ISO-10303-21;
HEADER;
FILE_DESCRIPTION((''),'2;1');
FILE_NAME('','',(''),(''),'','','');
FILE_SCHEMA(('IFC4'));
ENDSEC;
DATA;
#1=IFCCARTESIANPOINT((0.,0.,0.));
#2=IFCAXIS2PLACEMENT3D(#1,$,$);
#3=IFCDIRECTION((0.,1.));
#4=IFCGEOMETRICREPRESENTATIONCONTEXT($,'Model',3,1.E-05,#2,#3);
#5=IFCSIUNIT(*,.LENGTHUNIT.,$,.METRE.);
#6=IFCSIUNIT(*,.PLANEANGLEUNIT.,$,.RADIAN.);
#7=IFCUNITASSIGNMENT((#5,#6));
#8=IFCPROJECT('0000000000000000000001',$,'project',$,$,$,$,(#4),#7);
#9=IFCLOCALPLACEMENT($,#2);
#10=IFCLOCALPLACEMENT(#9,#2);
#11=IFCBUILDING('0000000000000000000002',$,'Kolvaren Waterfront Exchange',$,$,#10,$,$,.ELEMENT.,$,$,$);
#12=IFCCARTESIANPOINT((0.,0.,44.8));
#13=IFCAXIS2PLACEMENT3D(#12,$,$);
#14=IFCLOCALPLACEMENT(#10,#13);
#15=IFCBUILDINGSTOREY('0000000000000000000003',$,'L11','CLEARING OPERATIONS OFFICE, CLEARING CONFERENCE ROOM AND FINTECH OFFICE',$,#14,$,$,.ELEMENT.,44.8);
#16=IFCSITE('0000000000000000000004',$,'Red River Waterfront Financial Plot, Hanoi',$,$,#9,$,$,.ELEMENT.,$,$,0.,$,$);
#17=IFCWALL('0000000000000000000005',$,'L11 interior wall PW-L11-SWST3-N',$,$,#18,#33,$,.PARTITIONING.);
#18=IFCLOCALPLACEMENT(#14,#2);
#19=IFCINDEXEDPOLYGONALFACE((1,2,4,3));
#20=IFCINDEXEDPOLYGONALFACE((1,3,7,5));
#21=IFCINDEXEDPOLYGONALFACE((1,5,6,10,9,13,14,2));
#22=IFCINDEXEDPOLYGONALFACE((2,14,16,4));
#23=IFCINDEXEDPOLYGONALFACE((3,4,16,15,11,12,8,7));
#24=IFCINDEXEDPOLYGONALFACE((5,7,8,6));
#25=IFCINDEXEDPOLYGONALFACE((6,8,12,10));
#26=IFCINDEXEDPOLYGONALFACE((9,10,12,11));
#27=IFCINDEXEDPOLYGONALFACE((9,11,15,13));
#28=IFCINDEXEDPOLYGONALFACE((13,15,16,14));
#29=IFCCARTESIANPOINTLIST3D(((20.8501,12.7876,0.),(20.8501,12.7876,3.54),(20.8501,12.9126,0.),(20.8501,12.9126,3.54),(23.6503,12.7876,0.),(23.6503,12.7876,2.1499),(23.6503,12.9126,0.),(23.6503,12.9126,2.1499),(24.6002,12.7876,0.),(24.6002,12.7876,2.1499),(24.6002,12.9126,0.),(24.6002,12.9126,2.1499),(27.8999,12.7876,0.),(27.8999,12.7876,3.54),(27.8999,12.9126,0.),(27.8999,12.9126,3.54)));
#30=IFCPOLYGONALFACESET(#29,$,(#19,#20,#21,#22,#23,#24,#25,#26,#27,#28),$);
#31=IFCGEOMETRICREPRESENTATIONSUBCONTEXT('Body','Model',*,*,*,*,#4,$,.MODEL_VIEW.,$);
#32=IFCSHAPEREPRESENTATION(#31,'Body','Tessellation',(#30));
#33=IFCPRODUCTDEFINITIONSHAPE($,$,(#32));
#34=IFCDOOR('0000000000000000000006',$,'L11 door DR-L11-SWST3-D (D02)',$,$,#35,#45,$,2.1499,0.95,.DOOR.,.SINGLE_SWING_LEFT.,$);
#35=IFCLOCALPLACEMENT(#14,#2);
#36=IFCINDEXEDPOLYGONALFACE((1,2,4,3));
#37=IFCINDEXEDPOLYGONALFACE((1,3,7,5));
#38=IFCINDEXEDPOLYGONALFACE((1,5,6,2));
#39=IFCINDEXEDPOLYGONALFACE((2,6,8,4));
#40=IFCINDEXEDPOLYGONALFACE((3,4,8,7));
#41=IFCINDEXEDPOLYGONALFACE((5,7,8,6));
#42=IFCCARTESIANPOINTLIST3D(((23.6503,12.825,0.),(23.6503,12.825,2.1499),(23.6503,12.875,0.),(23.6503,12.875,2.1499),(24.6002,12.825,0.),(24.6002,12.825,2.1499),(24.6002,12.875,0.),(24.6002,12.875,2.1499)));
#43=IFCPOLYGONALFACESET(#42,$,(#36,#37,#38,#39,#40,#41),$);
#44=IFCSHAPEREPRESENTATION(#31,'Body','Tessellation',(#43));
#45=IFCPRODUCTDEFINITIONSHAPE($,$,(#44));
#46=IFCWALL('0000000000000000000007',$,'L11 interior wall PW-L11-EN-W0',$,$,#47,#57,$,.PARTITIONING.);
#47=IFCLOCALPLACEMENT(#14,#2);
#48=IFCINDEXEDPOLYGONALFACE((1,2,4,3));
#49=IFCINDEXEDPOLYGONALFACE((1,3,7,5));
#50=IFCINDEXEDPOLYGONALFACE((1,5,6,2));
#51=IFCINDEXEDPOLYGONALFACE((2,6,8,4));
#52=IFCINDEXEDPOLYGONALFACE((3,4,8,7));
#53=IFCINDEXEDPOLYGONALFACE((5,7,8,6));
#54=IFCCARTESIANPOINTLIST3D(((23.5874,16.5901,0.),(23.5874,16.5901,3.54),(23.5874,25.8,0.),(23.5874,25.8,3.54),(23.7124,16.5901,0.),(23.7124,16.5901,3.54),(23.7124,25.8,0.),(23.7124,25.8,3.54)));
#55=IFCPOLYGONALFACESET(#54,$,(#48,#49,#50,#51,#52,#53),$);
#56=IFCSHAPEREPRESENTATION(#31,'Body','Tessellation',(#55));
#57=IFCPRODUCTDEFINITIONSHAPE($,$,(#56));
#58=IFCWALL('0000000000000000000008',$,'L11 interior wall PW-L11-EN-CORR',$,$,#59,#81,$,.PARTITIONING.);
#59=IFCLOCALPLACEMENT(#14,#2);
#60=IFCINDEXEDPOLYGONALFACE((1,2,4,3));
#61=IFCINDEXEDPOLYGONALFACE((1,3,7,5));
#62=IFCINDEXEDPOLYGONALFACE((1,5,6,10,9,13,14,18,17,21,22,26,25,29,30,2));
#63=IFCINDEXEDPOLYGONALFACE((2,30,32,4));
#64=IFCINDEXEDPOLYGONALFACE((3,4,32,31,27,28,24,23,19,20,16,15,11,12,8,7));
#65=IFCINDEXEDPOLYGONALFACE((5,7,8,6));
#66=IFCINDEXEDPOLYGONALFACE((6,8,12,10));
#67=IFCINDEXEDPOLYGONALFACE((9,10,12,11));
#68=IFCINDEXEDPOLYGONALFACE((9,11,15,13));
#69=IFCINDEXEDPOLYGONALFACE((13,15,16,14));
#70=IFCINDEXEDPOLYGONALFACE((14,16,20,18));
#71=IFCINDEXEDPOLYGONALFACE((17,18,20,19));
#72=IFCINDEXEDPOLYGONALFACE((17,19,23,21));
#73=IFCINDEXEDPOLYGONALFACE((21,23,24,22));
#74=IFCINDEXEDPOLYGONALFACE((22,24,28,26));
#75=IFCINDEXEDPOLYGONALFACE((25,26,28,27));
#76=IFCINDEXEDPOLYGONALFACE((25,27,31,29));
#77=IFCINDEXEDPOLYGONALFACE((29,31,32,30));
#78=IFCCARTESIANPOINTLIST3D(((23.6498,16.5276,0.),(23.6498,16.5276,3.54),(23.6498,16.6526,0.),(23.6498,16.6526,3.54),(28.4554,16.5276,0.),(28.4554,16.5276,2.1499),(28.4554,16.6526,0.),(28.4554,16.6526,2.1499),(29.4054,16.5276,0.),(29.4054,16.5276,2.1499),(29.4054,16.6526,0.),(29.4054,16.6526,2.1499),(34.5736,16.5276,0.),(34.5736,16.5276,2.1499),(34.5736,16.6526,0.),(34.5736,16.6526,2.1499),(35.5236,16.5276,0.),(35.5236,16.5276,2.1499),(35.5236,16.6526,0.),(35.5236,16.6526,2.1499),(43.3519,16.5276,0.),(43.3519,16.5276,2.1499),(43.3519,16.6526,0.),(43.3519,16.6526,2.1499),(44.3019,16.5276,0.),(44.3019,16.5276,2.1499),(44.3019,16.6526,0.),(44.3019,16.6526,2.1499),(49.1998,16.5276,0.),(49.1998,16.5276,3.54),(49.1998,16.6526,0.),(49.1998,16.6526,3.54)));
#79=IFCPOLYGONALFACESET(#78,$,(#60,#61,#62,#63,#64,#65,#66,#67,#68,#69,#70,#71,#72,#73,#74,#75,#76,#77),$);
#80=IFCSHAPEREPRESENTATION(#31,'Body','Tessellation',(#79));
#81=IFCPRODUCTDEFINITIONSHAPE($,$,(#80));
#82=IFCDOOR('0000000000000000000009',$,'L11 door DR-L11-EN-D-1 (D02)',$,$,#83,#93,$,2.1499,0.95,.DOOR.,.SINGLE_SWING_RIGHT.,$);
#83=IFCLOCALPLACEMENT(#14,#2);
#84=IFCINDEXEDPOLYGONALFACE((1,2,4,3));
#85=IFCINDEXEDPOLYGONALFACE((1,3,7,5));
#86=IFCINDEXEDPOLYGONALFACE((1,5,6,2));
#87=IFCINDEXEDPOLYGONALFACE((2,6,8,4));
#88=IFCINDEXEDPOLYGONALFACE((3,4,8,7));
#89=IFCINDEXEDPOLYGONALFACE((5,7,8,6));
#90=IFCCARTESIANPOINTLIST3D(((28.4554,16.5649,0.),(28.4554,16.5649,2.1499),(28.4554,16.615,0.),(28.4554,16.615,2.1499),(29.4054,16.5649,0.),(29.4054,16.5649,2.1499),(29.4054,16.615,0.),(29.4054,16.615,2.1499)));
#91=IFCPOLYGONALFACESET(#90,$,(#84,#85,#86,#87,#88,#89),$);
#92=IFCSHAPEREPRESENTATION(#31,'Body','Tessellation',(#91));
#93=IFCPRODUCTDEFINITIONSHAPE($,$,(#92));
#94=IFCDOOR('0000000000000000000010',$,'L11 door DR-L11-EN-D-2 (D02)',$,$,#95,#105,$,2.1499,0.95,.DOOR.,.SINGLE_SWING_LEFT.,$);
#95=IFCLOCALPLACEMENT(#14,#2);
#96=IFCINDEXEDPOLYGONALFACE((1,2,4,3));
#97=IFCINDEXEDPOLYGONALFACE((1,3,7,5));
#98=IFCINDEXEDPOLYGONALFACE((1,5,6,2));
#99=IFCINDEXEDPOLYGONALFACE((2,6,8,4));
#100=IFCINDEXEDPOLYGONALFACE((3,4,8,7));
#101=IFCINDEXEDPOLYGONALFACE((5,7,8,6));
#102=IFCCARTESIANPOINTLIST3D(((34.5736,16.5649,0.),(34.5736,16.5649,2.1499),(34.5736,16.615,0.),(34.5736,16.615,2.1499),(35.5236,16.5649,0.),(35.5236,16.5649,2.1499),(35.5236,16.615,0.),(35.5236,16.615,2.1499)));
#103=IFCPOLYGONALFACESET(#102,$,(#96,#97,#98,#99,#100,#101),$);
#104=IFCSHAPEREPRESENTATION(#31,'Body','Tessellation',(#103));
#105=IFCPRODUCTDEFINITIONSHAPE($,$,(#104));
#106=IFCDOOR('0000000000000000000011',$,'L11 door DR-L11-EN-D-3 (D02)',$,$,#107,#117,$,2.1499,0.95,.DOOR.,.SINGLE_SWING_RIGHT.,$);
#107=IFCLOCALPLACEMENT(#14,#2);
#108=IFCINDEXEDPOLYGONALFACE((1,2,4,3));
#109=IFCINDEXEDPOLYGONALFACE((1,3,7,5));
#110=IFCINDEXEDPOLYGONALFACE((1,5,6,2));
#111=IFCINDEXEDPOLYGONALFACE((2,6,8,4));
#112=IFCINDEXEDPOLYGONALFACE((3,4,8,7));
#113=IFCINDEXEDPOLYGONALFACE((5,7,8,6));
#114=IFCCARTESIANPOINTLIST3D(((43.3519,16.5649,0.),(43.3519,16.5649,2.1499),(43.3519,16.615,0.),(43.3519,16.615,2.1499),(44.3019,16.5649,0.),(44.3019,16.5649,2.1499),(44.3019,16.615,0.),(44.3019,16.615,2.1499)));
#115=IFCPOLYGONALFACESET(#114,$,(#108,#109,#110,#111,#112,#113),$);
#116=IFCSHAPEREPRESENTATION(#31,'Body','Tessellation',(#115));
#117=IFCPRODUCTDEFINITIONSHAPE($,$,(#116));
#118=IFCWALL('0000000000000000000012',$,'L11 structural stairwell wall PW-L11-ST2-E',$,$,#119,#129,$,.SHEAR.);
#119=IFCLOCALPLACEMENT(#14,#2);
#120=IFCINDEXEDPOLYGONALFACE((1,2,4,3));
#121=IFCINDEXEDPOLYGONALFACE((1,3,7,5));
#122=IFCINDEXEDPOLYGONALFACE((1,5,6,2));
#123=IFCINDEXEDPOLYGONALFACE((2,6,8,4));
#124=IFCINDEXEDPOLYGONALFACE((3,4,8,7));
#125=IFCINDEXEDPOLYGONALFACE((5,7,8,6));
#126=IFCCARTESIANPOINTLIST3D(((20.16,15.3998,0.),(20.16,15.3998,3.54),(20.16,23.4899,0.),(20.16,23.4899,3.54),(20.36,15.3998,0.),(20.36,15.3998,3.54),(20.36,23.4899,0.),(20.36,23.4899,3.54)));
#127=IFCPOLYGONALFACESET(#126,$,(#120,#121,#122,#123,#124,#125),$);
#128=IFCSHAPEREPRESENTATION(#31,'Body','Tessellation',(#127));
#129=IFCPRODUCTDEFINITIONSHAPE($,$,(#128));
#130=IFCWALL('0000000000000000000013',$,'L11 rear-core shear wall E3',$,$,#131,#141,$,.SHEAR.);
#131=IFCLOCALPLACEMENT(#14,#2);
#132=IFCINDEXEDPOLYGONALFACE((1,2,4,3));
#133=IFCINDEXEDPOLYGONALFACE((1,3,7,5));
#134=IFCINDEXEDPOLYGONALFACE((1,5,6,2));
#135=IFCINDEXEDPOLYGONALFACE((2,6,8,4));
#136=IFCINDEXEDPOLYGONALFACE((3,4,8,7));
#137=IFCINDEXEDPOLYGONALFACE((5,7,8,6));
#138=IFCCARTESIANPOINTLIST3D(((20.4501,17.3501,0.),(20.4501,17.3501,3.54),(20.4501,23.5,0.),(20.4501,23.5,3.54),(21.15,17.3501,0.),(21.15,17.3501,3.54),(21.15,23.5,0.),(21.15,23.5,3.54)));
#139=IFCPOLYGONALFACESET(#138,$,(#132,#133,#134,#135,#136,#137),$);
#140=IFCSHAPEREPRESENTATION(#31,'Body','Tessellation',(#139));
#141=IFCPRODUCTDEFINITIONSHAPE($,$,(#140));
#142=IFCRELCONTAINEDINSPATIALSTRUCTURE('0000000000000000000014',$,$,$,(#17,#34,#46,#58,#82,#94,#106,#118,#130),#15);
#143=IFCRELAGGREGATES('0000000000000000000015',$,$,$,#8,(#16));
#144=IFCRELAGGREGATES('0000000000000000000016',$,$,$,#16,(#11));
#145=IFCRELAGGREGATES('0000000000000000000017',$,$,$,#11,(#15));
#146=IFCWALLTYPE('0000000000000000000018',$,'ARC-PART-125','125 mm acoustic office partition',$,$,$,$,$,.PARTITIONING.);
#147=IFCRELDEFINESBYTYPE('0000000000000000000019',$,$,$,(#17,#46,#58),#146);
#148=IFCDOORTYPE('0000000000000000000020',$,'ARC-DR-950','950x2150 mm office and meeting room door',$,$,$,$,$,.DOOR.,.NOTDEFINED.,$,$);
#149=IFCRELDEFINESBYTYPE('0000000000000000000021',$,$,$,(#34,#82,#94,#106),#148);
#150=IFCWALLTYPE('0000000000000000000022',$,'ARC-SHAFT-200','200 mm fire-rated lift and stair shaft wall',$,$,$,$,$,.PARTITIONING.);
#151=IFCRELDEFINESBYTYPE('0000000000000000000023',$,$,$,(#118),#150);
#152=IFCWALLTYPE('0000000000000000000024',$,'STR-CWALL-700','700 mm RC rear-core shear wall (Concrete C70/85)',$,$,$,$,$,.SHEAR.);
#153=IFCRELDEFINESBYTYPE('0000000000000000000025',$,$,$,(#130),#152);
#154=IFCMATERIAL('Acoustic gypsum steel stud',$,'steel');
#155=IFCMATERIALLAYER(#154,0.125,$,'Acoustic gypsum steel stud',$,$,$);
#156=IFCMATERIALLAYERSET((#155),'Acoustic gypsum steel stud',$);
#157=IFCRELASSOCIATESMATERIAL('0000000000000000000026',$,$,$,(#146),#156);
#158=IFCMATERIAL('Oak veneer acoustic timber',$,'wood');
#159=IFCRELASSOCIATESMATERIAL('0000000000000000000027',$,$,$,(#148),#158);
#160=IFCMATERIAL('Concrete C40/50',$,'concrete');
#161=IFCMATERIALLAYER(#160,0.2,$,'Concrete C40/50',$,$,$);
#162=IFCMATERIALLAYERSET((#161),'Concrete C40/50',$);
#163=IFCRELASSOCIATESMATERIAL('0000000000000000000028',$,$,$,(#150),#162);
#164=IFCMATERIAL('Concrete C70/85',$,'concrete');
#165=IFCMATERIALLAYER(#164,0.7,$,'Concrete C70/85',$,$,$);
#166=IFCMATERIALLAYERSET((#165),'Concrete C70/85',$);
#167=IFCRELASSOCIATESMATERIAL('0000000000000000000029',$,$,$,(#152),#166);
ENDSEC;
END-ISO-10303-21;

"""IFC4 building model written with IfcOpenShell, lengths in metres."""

from ifc_helpers import new_model, si_unit, direction, frame, frame_2d, origin, place, context, subcontext, project, spatial, rectangle, extrude, material, layer, layer_set, type_object, element, fill, save


model = new_model("IFC4")

# Units and contexts
model_context = context("Model", 3, precision=1e-05, world=origin(), true_north=direction((0.0, 1.0)))
body_context = subcontext(model_context, "Body", "Model", "MODEL_VIEW")
ifc_project = project(units=[si_unit("LENGTHUNIT", "METRE"), si_unit("PLANEANGLEUNIT", "RADIAN")], contexts=[model_context])

# Site, building, storey
site_placement = place(None, origin())
site = spatial("IfcSite", under=ifc_project, at=site_placement, Name="Red River Waterfront Financial Plot, Hanoi", CompositionType="ELEMENT", RefElevation=0.0)
building_placement = place(site_placement, origin())
building = spatial("IfcBuilding", under=site, at=building_placement, Name="Kolvaren Waterfront Exchange", CompositionType="ELEMENT")
storey_placement = place(building_placement, frame((0.0, 0.0, 44.8)))
storey = spatial("IfcBuildingStorey", under=building, at=storey_placement, Name="L11", Description="CLEARING OPERATIONS OFFICE, CLEARING CONFERENCE ROOM AND FINTECH OFFICE", CompositionType="ELEMENT", Elevation=44.8)

# Shared definitions
ifc_material_1 = material(Name="Concrete C70/85", Category="concrete")

# Wall, opening, door
ifc_material_2 = material(Name="Acoustic gypsum steel stud", Category="steel")
ifc_layer_1 = layer(ifc_material_2, 0.125, Name="Acoustic gypsum steel stud")
ifc_layer_set_1 = layer_set([ifc_layer_1], Name="Acoustic gypsum steel stud")
wall_type_1 = type_object("IfcWallType", Name="ARC-PART-125", Description="125 mm acoustic office partition", PredefinedType="PARTITIONING", material=ifc_layer_set_1)
wall_1_placement = place(storey_placement, frame((20.8501, 12.8501, 0.0), z_axis=(0.0, 0.0, 1.0), x_axis=(1.0, 0.0, 0.0)))
wall_1 = element("IfcWall", 1, at=wall_1_placement, inside=storey, type_object=wall_type_1, Name="L11 interior wall PW-L11-SWST3-N", PredefinedType="PARTITIONING", context=body_context, shape_type="SweptSolid", body=[
    extrude(rectangle(XDim=7.0498, YDim=0.125, at=frame_2d((3.5249, 0.0))), origin(), (0.0, 0.0, 1.0), 3.54),
])
opening_1_placement = place(wall_1_placement, frame((2.8, 0.0, 0.0)))
opening_1 = element("IfcOpeningElement", 2, at=opening_1_placement, cuts=wall_1, PredefinedType="OPENING", context=body_context, shape_type="SweptSolid", body=[
    extrude(rectangle(XDim=0.95, YDim=2.1499, at=frame_2d((0.4751, 1.075))), frame((0.0, 0.0725, 0.0), z_axis=(0.0, -1.0, 0.0), x_axis=(1.0, 0.0, 0.0)), (0.0, 0.0, 1.0), 0.145),
])
ifc_material_3 = material(Name="Oak veneer acoustic timber", Category="wood")
door_type = type_object("IfcDoorType", Name="ARC-DR-950", Description="950x2150 mm office and meeting room door", OperationType="NOTDEFINED", PredefinedType="DOOR", material=ifc_material_3)
door_1_placement = place(opening_1_placement, origin())
door_1 = element("IfcDoor", 3, at=door_1_placement, inside=storey, type_object=door_type, Name="L11 door DR-L11-SWST3-D (D02)", OperationType="SINGLE_SWING_LEFT", OverallHeight=2.1499, OverallWidth=0.95, PredefinedType="DOOR", context=body_context, shape_type="SweptSolid", body=[
    extrude(rectangle(XDim=0.95, YDim=2.1499, at=frame_2d((0.4751, 1.075))), frame((0.0, 0.0249, 0.0), z_axis=(0.0, -1.0, 0.0), x_axis=(1.0, 0.0, 0.0)), (0.0, 0.0, 1.0), 0.05),
])
fill(opening_1, door_1)

# Wall
wall_2_placement = place(storey_placement, frame((23.6499, 16.5901, 0.0), z_axis=(0.0, 0.0, 1.0), x_axis=(0.0, 1.0, 0.0)))
element("IfcWall", 4, at=wall_2_placement, inside=storey, type_object=wall_type_1, Name="L11 interior wall PW-L11-EN-W0", PredefinedType="PARTITIONING", context=body_context, shape_type="SweptSolid", body=[
    extrude(rectangle(XDim=9.21, YDim=0.125, at=frame_2d((4.605, 0.0))), origin(), (0.0, 0.0, 1.0), 3.54),
])

# Wall, openings, doors
wall_3_placement = place(storey_placement, frame((23.6499, 16.5901, 0.0), z_axis=(0.0, 0.0, 1.0), x_axis=(1.0, 0.0, 0.0)))
wall_3 = element("IfcWall", 5, at=wall_3_placement, inside=storey, type_object=wall_type_1, Name="L11 interior wall PW-L11-EN-CORR", PredefinedType="PARTITIONING", context=body_context, shape_type="SweptSolid", body=[
    extrude(rectangle(XDim=25.55, YDim=0.125, at=frame_2d((12.7749, 0.0))), origin(), (0.0, 0.0, 1.0), 3.54),
])
opening_2_placement = place(wall_3_placement, frame((4.8054, 0.0, 0.0)))
opening_2 = element("IfcOpeningElement", 6, at=opening_2_placement, cuts=wall_3, PredefinedType="OPENING", context=body_context, shape_type="SweptSolid", body=[
    extrude(rectangle(XDim=0.95, YDim=2.1499, at=frame_2d((0.4751, 1.075))), frame((0.0, 0.0725, 0.0), z_axis=(0.0, -1.0, 0.0), x_axis=(1.0, 0.0, 0.0)), (0.0, 0.0, 1.0), 0.145),
])
opening_3_placement = place(wall_3_placement, frame((10.9236, 0.0, 0.0)))
opening_3 = element("IfcOpeningElement", 7, at=opening_3_placement, cuts=wall_3, PredefinedType="OPENING", context=body_context, shape_type="SweptSolid", body=[
    extrude(rectangle(XDim=0.95, YDim=2.1499, at=frame_2d((0.4751, 1.075))), frame((0.0, 0.0725, 0.0), z_axis=(0.0, -1.0, 0.0), x_axis=(1.0, 0.0, 0.0)), (0.0, 0.0, 1.0), 0.145),
])
opening_4_placement = place(wall_3_placement, frame((19.7019, 0.0, 0.0)))
opening_4 = element("IfcOpeningElement", 8, at=opening_4_placement, cuts=wall_3, PredefinedType="OPENING", context=body_context, shape_type="SweptSolid", body=[
    extrude(rectangle(XDim=0.95, YDim=2.1499, at=frame_2d((0.4751, 1.075))), frame((0.0, 0.0725, 0.0), z_axis=(0.0, -1.0, 0.0), x_axis=(1.0, 0.0, 0.0)), (0.0, 0.0, 1.0), 0.145),
])
door_2_placement = place(opening_2_placement, origin())
door_2 = element("IfcDoor", 9, at=door_2_placement, inside=storey, type_object=door_type, Name="L11 door DR-L11-EN-D-1 (D02)", OperationType="SINGLE_SWING_RIGHT", OverallHeight=2.1499, OverallWidth=0.95, PredefinedType="DOOR", context=body_context, shape_type="SweptSolid", body=[
    extrude(rectangle(XDim=0.95, YDim=2.1499, at=frame_2d((0.4751, 1.075))), frame((0.0, 0.0249, 0.0), z_axis=(0.0, -1.0, 0.0), x_axis=(1.0, 0.0, 0.0)), (0.0, 0.0, 1.0), 0.05),
])
fill(opening_2, door_2)
door_3_placement = place(opening_3_placement, origin())
door_3 = element("IfcDoor", 10, at=door_3_placement, inside=storey, type_object=door_type, Name="L11 door DR-L11-EN-D-2 (D02)", OperationType="SINGLE_SWING_LEFT", OverallHeight=2.1499, OverallWidth=0.95, PredefinedType="DOOR", context=body_context, shape_type="SweptSolid", body=[
    extrude(rectangle(XDim=0.95, YDim=2.1499, at=frame_2d((0.4751, 1.075))), frame((0.0, 0.0249, 0.0), z_axis=(0.0, -1.0, 0.0), x_axis=(1.0, 0.0, 0.0)), (0.0, 0.0, 1.0), 0.05),
])
fill(opening_3, door_3)
door_4_placement = place(opening_4_placement, origin())
door_4 = element("IfcDoor", 11, at=door_4_placement, inside=storey, type_object=door_type, Name="L11 door DR-L11-EN-D-3 (D02)", OperationType="SINGLE_SWING_RIGHT", OverallHeight=2.1499, OverallWidth=0.95, PredefinedType="DOOR", context=body_context, shape_type="SweptSolid", body=[
    extrude(rectangle(XDim=0.95, YDim=2.1499, at=frame_2d((0.4751, 1.075))), frame((0.0, 0.0249, 0.0), z_axis=(0.0, -1.0, 0.0), x_axis=(1.0, 0.0, 0.0)), (0.0, 0.0, 1.0), 0.05),
])
fill(opening_4, door_4)

# Walls
ifc_material_4 = material(Name="Concrete C40/50", Category="concrete")
ifc_layer_2 = layer(ifc_material_4, 0.2, Name="Concrete C40/50")
ifc_layer_set_2 = layer_set([ifc_layer_2], Name="Concrete C40/50")
wall_type_2 = type_object("IfcWallType", Name="ARC-SHAFT-200", Description="200 mm fire-rated lift and stair shaft wall", PredefinedType="PARTITIONING", material=ifc_layer_set_2)
wall_4_placement = place(storey_placement, frame((20.26, 15.3999, 0.0), z_axis=(0.0, 0.0, 1.0), x_axis=(0.0, 1.0, 0.0)))
element("IfcWall", 12, at=wall_4_placement, inside=storey, type_object=wall_type_2, Name="L11 structural stairwell wall PW-L11-ST2-E", PredefinedType="SHEAR", context=body_context, shape_type="SweptSolid", body=[
    extrude(rectangle(XDim=8.0901, YDim=0.2, at=frame_2d((4.0449, 0.0))), origin(), (0.0, 0.0, 1.0), 3.54),
])
ifc_layer_3 = layer(ifc_material_1, 0.7, Name="Concrete C70/85")
ifc_layer_set_3 = layer_set([ifc_layer_3], Name="Concrete C70/85")
wall_type_3 = type_object("IfcWallType", Name="STR-CWALL-700", Description="700 mm RC rear-core shear wall (Concrete C70/85)", PredefinedType="SHEAR", material=ifc_layer_set_3)
wall_5_placement = place(storey_placement, frame((20.8, 17.3501, 0.0), z_axis=(0.0, 0.0, 1.0), x_axis=(0.0, 1.0, 0.0)))
element("IfcWall", 13, at=wall_5_placement, inside=storey, type_object=wall_type_3, Name="L11 rear-core shear wall E3", PredefinedType="SHEAR", context=body_context, shape_type="SweptSolid", body=[
    extrude(rectangle(XDim=6.1499, YDim=0.7, at=frame_2d((3.075, 0.0))), origin(), (0.0, 0.0, 1.0), 3.54),
])

save(model, "model.ifc")
